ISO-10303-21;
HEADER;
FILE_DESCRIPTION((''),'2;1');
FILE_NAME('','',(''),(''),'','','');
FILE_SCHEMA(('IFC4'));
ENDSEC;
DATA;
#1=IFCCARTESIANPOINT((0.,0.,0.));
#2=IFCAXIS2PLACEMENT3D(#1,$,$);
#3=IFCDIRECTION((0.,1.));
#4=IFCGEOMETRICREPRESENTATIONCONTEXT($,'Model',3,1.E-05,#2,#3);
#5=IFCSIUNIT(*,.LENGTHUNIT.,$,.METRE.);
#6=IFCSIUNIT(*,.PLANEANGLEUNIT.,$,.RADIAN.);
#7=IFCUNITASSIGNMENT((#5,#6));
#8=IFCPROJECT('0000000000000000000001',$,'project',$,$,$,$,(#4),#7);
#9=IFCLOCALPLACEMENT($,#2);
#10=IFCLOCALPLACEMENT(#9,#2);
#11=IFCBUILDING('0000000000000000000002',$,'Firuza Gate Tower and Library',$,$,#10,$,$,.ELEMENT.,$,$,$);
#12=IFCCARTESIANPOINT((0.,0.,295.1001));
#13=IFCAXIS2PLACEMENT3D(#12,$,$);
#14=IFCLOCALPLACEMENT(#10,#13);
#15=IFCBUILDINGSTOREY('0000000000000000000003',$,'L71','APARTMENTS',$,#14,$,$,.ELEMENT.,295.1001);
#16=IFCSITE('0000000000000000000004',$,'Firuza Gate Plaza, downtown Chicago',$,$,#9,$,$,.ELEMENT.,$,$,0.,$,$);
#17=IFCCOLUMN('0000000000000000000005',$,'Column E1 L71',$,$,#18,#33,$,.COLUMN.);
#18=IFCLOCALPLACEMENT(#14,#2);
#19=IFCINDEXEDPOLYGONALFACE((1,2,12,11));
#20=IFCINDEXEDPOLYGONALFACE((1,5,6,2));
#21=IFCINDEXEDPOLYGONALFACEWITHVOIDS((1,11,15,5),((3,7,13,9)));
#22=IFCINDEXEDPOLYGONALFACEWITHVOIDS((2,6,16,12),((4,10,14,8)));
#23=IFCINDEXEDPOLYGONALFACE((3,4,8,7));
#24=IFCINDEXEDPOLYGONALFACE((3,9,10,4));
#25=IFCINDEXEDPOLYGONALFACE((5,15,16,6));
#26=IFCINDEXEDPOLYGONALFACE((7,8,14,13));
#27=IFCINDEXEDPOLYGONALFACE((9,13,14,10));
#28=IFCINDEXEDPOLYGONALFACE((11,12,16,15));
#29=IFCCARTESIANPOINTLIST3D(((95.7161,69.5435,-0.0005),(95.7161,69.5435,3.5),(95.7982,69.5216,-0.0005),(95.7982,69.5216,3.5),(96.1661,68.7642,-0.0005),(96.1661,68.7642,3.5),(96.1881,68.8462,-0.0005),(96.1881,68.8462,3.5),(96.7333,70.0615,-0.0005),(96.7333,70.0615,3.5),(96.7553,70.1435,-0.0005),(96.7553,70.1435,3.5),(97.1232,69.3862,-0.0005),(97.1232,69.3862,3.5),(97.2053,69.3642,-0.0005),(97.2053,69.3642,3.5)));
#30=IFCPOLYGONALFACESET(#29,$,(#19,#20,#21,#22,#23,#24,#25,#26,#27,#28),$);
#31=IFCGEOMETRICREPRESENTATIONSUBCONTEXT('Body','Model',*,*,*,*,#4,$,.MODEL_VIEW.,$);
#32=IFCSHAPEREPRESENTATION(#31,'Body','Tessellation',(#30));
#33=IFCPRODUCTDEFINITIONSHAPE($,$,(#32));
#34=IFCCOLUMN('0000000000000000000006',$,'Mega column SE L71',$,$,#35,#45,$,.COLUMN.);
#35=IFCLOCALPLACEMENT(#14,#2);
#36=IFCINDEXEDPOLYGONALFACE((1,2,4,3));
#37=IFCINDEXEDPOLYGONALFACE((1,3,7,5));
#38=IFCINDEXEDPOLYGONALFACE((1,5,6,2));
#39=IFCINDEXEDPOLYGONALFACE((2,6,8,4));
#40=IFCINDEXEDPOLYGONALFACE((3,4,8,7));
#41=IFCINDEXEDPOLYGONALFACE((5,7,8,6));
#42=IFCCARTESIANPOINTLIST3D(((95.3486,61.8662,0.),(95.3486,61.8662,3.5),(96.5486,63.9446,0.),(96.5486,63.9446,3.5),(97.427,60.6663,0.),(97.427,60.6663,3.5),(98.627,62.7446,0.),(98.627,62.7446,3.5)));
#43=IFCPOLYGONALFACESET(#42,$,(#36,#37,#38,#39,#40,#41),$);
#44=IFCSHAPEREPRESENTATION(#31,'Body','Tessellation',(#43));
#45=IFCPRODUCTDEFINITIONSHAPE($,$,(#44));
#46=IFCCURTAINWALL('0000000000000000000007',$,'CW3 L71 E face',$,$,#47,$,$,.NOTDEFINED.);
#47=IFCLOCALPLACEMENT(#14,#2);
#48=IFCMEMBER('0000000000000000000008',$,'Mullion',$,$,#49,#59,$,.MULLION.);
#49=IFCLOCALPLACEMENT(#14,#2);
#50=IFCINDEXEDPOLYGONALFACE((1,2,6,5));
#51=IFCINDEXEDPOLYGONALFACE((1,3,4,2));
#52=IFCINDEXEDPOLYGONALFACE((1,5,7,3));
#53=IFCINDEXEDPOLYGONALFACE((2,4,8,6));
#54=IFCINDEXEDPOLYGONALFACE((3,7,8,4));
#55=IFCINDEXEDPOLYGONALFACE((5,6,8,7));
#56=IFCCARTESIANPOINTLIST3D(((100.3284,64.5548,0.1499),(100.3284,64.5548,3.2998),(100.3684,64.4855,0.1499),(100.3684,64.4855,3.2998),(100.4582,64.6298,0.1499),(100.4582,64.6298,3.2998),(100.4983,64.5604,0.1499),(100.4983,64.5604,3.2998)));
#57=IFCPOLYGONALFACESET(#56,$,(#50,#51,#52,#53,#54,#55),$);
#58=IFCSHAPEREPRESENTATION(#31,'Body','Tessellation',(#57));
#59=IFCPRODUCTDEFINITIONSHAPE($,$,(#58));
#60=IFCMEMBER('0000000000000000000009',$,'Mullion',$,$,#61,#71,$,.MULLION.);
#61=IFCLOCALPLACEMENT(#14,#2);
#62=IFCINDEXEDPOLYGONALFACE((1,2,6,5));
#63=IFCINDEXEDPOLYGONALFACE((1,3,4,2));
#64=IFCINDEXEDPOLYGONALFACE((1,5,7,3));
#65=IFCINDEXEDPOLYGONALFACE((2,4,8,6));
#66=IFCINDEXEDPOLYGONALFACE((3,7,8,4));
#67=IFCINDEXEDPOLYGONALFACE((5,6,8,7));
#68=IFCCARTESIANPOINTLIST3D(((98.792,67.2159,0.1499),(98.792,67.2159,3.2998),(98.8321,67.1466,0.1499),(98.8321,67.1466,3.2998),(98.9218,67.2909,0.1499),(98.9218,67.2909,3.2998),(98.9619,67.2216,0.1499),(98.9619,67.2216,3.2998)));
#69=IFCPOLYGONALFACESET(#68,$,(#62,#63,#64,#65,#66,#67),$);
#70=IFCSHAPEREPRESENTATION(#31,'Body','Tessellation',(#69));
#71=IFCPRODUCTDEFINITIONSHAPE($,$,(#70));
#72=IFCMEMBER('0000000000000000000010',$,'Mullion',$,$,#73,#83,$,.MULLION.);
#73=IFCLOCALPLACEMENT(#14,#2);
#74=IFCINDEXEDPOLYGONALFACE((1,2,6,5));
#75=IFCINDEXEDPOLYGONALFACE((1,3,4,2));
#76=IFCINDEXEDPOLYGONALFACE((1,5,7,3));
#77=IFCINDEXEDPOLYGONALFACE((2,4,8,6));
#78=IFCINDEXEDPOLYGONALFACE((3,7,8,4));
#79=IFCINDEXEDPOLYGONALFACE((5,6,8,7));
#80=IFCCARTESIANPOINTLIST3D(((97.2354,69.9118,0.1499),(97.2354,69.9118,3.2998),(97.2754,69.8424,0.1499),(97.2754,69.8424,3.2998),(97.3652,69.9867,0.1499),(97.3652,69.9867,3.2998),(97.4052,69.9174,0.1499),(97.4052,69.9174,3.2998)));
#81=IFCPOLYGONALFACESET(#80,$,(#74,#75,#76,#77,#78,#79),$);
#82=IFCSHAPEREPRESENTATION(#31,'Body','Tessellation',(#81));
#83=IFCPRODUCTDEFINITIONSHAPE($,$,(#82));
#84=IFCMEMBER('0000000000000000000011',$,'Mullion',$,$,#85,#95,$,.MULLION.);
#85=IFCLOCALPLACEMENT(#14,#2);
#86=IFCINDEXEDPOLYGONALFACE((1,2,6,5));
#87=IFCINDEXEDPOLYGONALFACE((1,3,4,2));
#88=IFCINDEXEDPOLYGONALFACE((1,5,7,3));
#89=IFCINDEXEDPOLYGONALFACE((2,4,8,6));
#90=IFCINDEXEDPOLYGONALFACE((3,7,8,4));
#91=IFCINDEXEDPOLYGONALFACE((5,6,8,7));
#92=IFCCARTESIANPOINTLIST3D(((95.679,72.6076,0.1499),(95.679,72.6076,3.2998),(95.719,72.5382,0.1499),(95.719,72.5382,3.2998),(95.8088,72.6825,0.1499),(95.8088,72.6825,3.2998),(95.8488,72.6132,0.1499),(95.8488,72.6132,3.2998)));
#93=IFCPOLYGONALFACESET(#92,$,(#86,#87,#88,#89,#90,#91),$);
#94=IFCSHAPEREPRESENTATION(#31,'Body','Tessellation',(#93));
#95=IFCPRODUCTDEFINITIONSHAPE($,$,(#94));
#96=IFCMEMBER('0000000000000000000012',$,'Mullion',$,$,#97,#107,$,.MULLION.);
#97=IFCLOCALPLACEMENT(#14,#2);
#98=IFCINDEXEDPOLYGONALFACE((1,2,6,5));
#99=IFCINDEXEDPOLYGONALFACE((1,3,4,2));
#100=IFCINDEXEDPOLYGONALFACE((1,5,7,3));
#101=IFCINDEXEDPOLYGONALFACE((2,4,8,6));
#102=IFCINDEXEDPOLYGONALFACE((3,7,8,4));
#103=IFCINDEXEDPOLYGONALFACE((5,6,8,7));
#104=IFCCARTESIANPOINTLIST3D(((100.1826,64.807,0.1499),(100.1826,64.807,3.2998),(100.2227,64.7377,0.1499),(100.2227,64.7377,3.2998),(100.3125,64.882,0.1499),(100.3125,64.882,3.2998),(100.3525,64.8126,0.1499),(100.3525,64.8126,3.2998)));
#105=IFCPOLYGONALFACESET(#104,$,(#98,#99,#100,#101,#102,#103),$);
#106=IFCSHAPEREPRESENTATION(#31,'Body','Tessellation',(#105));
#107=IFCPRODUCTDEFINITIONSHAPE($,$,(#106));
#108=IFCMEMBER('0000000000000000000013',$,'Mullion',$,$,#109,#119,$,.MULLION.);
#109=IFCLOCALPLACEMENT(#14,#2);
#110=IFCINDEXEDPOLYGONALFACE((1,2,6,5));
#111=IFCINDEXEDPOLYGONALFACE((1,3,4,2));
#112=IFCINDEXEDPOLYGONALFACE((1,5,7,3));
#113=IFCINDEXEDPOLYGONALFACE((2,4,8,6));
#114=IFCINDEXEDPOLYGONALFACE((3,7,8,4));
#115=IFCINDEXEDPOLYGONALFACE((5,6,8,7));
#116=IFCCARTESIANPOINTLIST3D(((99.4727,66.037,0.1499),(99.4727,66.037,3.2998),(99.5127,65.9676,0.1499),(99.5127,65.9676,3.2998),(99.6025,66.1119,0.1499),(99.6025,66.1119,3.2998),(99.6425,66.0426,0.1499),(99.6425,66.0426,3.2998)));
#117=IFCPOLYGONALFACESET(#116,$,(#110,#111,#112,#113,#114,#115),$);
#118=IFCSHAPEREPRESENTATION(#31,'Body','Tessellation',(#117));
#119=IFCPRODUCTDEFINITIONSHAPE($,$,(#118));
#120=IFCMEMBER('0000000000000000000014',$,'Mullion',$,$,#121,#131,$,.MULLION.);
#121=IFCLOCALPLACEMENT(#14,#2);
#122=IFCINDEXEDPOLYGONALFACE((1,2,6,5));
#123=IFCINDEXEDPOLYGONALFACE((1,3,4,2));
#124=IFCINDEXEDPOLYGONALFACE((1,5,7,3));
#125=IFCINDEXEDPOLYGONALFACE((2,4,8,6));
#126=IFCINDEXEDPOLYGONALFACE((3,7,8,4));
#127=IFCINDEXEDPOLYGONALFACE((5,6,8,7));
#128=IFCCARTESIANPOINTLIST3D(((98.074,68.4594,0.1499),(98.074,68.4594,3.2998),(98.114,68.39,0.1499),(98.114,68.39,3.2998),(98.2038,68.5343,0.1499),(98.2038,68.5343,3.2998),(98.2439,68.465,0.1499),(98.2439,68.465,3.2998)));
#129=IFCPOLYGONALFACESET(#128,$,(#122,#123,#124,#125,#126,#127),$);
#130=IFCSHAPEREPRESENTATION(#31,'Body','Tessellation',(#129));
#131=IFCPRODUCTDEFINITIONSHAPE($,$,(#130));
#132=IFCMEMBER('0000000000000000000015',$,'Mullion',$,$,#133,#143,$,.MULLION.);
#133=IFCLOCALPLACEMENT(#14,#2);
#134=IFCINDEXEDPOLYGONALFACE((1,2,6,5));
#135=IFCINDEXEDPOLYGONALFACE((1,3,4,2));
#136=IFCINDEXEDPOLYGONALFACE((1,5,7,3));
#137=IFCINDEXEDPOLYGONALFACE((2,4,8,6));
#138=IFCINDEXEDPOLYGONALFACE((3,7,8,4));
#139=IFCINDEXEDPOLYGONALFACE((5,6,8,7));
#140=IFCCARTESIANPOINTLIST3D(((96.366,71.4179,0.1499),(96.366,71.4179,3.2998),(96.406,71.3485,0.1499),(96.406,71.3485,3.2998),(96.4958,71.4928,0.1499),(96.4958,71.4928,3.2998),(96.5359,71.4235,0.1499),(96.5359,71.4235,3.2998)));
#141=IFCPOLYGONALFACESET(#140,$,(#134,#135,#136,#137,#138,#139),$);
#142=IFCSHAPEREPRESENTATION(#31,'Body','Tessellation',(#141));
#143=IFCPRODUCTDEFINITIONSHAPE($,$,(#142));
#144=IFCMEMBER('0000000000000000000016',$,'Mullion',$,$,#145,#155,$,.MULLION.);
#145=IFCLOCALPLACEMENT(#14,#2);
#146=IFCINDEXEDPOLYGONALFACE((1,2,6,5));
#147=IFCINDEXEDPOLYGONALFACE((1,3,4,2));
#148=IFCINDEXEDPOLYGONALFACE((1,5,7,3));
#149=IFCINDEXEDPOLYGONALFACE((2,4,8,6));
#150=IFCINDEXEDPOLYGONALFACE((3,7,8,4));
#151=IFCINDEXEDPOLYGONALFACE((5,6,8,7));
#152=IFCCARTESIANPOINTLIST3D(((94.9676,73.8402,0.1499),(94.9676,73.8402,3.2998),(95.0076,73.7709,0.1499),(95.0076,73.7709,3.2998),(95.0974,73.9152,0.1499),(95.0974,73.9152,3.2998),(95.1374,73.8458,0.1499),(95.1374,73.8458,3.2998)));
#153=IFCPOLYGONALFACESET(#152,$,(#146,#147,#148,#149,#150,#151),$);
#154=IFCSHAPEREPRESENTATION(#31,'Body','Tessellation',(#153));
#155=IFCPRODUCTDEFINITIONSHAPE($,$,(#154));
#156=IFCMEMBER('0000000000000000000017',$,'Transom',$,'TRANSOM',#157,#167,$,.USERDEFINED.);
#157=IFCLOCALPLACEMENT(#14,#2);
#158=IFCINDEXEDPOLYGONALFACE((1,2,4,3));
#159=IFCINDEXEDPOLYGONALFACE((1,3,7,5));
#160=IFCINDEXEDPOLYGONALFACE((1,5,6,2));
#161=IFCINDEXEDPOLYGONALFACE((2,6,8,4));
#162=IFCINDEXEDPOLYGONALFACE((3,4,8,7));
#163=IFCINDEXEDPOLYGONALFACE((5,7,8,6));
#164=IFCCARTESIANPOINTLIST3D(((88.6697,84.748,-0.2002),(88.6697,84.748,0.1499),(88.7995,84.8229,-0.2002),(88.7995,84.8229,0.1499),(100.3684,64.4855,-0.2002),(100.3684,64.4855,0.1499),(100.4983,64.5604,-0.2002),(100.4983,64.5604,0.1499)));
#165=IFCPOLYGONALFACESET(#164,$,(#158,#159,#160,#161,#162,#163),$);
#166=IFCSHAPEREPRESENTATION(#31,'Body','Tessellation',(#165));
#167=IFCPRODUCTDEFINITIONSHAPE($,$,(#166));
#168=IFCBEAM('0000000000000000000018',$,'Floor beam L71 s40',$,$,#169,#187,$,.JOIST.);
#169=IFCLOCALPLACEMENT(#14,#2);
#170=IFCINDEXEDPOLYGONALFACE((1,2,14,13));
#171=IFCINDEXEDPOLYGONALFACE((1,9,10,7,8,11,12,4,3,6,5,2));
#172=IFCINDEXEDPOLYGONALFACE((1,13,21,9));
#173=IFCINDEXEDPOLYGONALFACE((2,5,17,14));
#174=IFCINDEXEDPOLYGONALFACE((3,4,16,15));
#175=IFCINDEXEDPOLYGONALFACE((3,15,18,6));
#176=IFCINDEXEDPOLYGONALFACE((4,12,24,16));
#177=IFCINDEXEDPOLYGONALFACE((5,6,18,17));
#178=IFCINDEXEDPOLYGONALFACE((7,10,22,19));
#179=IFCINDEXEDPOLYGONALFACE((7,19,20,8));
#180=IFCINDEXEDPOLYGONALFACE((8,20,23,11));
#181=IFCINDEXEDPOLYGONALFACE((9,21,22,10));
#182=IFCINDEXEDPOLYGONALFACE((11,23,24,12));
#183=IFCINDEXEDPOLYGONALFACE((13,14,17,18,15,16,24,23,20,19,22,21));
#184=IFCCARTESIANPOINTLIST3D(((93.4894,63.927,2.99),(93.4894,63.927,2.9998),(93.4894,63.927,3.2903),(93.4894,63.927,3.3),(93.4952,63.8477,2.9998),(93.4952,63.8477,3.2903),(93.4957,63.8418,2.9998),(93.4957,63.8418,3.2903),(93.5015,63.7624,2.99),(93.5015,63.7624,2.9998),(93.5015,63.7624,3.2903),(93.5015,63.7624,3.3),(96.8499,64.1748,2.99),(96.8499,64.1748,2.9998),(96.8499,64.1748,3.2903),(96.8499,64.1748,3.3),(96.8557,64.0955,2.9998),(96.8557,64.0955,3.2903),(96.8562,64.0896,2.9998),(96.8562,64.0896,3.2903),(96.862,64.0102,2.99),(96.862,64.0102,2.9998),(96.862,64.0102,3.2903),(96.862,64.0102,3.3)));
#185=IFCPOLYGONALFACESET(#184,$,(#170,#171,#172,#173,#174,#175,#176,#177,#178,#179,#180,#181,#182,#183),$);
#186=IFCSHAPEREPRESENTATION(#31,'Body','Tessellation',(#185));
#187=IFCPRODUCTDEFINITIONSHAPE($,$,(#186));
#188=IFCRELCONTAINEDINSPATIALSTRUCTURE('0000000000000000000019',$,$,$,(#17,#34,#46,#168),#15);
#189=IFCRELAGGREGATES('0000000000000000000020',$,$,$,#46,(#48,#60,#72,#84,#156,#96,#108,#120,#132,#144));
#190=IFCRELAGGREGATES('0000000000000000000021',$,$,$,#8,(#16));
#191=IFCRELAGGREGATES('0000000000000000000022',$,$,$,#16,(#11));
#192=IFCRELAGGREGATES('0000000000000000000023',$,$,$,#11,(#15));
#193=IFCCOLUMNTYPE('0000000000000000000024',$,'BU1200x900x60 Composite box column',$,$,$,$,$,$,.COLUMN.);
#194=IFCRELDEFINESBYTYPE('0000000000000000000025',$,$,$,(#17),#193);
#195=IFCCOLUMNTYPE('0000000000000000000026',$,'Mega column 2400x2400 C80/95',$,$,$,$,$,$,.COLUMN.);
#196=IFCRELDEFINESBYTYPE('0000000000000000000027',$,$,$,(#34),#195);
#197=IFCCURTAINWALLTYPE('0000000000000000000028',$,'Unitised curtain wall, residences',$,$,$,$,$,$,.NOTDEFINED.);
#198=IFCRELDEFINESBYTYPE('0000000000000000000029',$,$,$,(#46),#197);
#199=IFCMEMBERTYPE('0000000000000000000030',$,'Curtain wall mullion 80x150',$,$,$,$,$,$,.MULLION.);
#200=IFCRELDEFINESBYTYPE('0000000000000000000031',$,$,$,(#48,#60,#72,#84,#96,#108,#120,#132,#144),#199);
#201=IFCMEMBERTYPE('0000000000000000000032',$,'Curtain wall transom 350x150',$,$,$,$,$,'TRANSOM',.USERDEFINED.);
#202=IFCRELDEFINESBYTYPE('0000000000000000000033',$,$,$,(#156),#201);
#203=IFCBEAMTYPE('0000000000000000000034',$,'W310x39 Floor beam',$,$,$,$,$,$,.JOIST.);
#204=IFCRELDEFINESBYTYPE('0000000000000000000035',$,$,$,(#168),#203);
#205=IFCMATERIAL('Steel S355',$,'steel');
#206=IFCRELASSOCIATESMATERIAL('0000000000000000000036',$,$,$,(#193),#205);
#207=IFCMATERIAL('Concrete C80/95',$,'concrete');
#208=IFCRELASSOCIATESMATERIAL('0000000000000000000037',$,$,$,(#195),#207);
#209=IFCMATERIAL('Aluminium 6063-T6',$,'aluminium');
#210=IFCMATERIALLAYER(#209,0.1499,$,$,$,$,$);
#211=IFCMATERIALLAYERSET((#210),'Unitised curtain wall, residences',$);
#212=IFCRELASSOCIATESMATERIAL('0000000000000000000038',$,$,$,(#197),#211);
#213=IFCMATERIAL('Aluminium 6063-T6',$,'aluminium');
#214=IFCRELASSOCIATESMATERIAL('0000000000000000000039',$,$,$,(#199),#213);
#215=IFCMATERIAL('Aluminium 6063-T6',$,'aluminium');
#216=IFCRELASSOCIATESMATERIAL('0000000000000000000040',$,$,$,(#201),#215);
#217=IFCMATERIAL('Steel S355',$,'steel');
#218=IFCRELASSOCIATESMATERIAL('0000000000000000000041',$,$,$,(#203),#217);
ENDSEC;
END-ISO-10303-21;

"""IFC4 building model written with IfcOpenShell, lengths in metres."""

from ifc_helpers import new_model, si_unit, direction, frame, origin, origin_2d, place, context, subcontext, project, spatial, rectangle, hollow_rectangle, i_section, extrude, material, layer, layer_set, material_profile, profile_set, type_object, element, aggregate, save


model = new_model("IFC4")

# Units and contexts
model_context = context("Model", 3, precision=1e-05, world=origin(), true_north=direction((0.0, 1.0)))
body_context = subcontext(model_context, "Body", "Model", "MODEL_VIEW")
ifc_project = project(units=[si_unit("LENGTHUNIT", "METRE"), si_unit("PLANEANGLEUNIT", "RADIAN")], contexts=[model_context])

# Site, building, storey
site_placement = place(None, origin())
site = spatial("IfcSite", under=ifc_project, at=site_placement, Name="Firuza Gate Plaza, downtown Chicago", CompositionType="ELEMENT", RefElevation=0.0)
building_placement = place(site_placement, origin())
building = spatial("IfcBuilding", under=site, at=building_placement, Name="Firuza Gate Tower and Library", CompositionType="ELEMENT")
storey_placement = place(building_placement, frame((0.0, 0.0, 295.1001)))
storey = spatial("IfcBuildingStorey", under=building, at=storey_placement, Name="L71", Description="APARTMENTS", CompositionType="ELEMENT", Elevation=295.1001)

# Columns
ifc_material_1 = material(Name="Steel S355", Category="steel")
ifc_material_profile_1 = material_profile(ifc_material_1, hollow_rectangle(XDim=0.8999, YDim=1.2, WallThickness=0.0601, at=origin_2d()))
ifc_profile_set_1 = profile_set([ifc_material_profile_1], Name="Steel S355")
column_type_1 = type_object("IfcColumnType", Name="BU1200x900x60 Composite box column", PredefinedType="COLUMN", material=ifc_profile_set_1)
column_1_placement = place(storey_placement, frame((96.4607, 69.4539, -0.0005), z_axis=(0.0, 0.0, 1.0), x_axis=(-0.5, 0.866025, 0.0)))
element("IfcColumn", 1, at=column_1_placement, inside=storey, type_object=column_type_1, Name="Column E1 L71", PredefinedType="COLUMN", context=body_context, shape_type="SweptSolid", body=[
    extrude(hollow_rectangle(XDim=0.8999, YDim=1.2, WallThickness=0.0601, at=origin_2d()), origin(), (0.0, 0.0, 1.0), 3.5005),
])
ifc_material_2 = material(Name="Concrete C80/95", Category="concrete")
ifc_material_profile_2 = material_profile(ifc_material_2, rectangle(XDim=2.3999, YDim=2.3999, at=origin_2d()))
ifc_profile_set_2 = profile_set([ifc_material_profile_2], Name="Concrete C80/95")
column_type_2 = type_object("IfcColumnType", Name="Mega column 2400x2400 C80/95", PredefinedType="COLUMN", material=ifc_profile_set_2)
column_2_placement = place(storey_placement, frame((96.9878, 62.3054, 0.0), z_axis=(0.0, 0.0, 1.0), x_axis=(0.5, 0.866025, 0.0)))
element("IfcColumn", 2, at=column_2_placement, inside=storey, type_object=column_type_2, Name="Mega column SE L71", PredefinedType="COLUMN", context=body_context, shape_type="SweptSolid", body=[
    extrude(rectangle(XDim=2.3999, YDim=2.3999, at=origin_2d()), origin(), (0.0, 0.0, 1.0), 3.5),
])

# Curtain wall, members
ifc_material_3 = material(Name="Aluminium 6063-T6", Category="aluminium")
ifc_layer_1 = layer(ifc_material_3, 0.1499)
ifc_layer_set_1 = layer_set([ifc_layer_1], Name="Unitised curtain wall, residences")
curtain_wall_type = type_object("IfcCurtainWallType", Name="Unitised curtain wall, residences", PredefinedType="NOTDEFINED", material=ifc_layer_set_1)
curtain_wall_placement = place(storey_placement, origin())
curtain_wall = element("IfcCurtainWall", 3, at=curtain_wall_placement, inside=storey, type_object=curtain_wall_type, Name="CW3 L71 E face", PredefinedType="NOTDEFINED")
ifc_material_4 = material(Name="Aluminium 6063-T6", Category="aluminium")
ifc_material_profile_3 = material_profile(ifc_material_4, rectangle(XDim=0.1499, YDim=0.0801, at=origin_2d()))
ifc_profile_set_3 = profile_set([ifc_material_profile_3], Name="Aluminium 6063-T6")
member_type_1 = type_object("IfcMemberType", Name="Curtain wall mullion 80x150", PredefinedType="MULLION", material=ifc_profile_set_3)
member_1_placement = place(storey_placement, frame((100.4133, 64.5576, 0.1499), z_axis=(0.0, 0.0, 1.0), x_axis=(-0.866025, -0.5, 0.0)))
member_1 = element("IfcMember", 4, at=member_1_placement, type_object=member_type_1, Name="Mullion", PredefinedType="MULLION", context=body_context, shape_type="SweptSolid", body=[
    extrude(rectangle(XDim=0.1499, YDim=0.0801, at=origin_2d()), origin(), (0.0, 0.0, 1.0), 3.1499),
])
member_2_placement = place(storey_placement, frame((98.877, 67.2188, 0.1499), z_axis=(0.0, 0.0, 1.0), x_axis=(-0.866025, -0.5, 0.0)))
member_2 = element("IfcMember", 5, at=member_2_placement, type_object=member_type_1, Name="Mullion", PredefinedType="MULLION", context=body_context, shape_type="SweptSolid", body=[
    extrude(rectangle(XDim=0.1499, YDim=0.0801, at=origin_2d()), origin(), (0.0, 0.0, 1.0), 3.1499),
])
member_3_placement = place(storey_placement, frame((97.3203, 69.9146, 0.1499), z_axis=(0.0, 0.0, 1.0), x_axis=(-0.866025, -0.5, 0.0)))
member_3 = element("IfcMember", 6, at=member_3_placement, type_object=member_type_1, Name="Mullion", PredefinedType="MULLION", context=body_context, shape_type="SweptSolid", body=[
    extrude(rectangle(XDim=0.1499, YDim=0.0801, at=origin_2d()), origin(), (0.0, 0.0, 1.0), 3.1499),
])
member_4_placement = place(storey_placement, frame((95.7639, 72.6104, 0.1499), z_axis=(0.0, 0.0, 1.0), x_axis=(-0.866025, -0.5, 0.0)))
member_4 = element("IfcMember", 7, at=member_4_placement, type_object=member_type_1, Name="Mullion", PredefinedType="MULLION", context=body_context, shape_type="SweptSolid", body=[
    extrude(rectangle(XDim=0.1499, YDim=0.0801, at=origin_2d()), origin(), (0.0, 0.0, 1.0), 3.1499),
])
member_5_placement = place(storey_placement, frame((100.2676, 64.8098, 0.1499), z_axis=(0.0, 0.0, 1.0), x_axis=(-0.866025, -0.5, 0.0)))
member_5 = element("IfcMember", 8, at=member_5_placement, type_object=member_type_1, Name="Mullion", PredefinedType="MULLION", context=body_context, shape_type="SweptSolid", body=[
    extrude(rectangle(XDim=0.1499, YDim=0.0801, at=origin_2d()), origin(), (0.0, 0.0, 1.0), 3.1499),
])
member_6_placement = place(storey_placement, frame((99.5576, 66.0398, 0.1499), z_axis=(0.0, 0.0, 1.0), x_axis=(-0.866025, -0.5, 0.0)))
member_6 = element("IfcMember", 9, at=member_6_placement, type_object=member_type_1, Name="Mullion", PredefinedType="MULLION", context=body_context, shape_type="SweptSolid", body=[
    extrude(rectangle(XDim=0.1499, YDim=0.0801, at=origin_2d()), origin(), (0.0, 0.0, 1.0), 3.1499),
])
member_7_placement = place(storey_placement, frame((98.1589, 68.4622, 0.1499), z_axis=(0.0, 0.0, 1.0), x_axis=(-0.866025, -0.5, 0.0)))
member_7 = element("IfcMember", 10, at=member_7_placement, type_object=member_type_1, Name="Mullion", PredefinedType="MULLION", context=body_context, shape_type="SweptSolid", body=[
    extrude(rectangle(XDim=0.1499, YDim=0.0801, at=origin_2d()), origin(), (0.0, 0.0, 1.0), 3.1499),
])
member_8_placement = place(storey_placement, frame((96.4509, 71.4207, 0.1499), z_axis=(0.0, 0.0, 1.0), x_axis=(-0.866025, -0.5, 0.0)))
member_8 = element("IfcMember", 11, at=member_8_placement, type_object=member_type_1, Name="Mullion", PredefinedType="MULLION", context=body_context, shape_type="SweptSolid", body=[
    extrude(rectangle(XDim=0.1499, YDim=0.0801, at=origin_2d()), origin(), (0.0, 0.0, 1.0), 3.1499),
])
member_9_placement = place(storey_placement, frame((95.0525, 73.843, 0.1499), z_axis=(0.0, 0.0, 1.0), x_axis=(-0.866025, -0.5, 0.0)))
member_9 = element("IfcMember", 12, at=member_9_placement, type_object=member_type_1, Name="Mullion", PredefinedType="MULLION", context=body_context, shape_type="SweptSolid", body=[
    extrude(rectangle(XDim=0.1499, YDim=0.0801, at=origin_2d()), origin(), (0.0, 0.0, 1.0), 3.1499),
])
ifc_material_5 = material(Name="Aluminium 6063-T6", Category="aluminium")
ifc_material_profile_4 = material_profile(ifc_material_5, rectangle(XDim=0.1499, YDim=0.3501, at=origin_2d()))
ifc_profile_set_4 = profile_set([ifc_material_profile_4], Name="Aluminium 6063-T6")
member_type_2 = type_object("IfcMemberType", Name="Curtain wall transom 350x150", ElementType="TRANSOM", PredefinedType="USERDEFINED", material=ifc_profile_set_4)
member_10_placement = place(storey_placement, frame((100.4333, 64.5229, -0.0251), z_axis=(-0.500006, 0.866022, 0.0), x_axis=(-0.866022, -0.500006, 0.0)))
member_10 = element("IfcMember", 13, at=member_10_placement, type_object=member_type_2, Name="Transom", ObjectType="TRANSOM", PredefinedType="USERDEFINED", context=body_context, shape_type="SweptSolid", body=[
    extrude(rectangle(XDim=0.1499, YDim=0.3501, at=origin_2d()), origin(), (0.0, 0.0, 1.0), 23.3972),
])

# Beam
ifc_material_6 = material(Name="Steel S355", Category="steel")
ifc_material_profile_5 = material_profile(ifc_material_6, i_section(OverallWidth=0.165, OverallDepth=0.3101, WebThickness=0.0059, FlangeThickness=0.0098, at=origin_2d()))
ifc_profile_set_5 = profile_set([ifc_material_profile_5], Name="Steel S355")
beam_type_1 = type_object("IfcBeamType", Name="W310x39 Floor beam", PredefinedType="JOIST", material=ifc_profile_set_5)
beam_1_placement = place(storey_placement, frame((96.856, 64.0925, 3.145), z_axis=(-0.997292, -0.073538, 0.0), x_axis=(0.073538, -0.997292, 0.0)))
element("IfcBeam", 14, at=beam_1_placement, inside=storey, type_object=beam_type_1, Name="Floor beam L71 s40", PredefinedType="JOIST", context=body_context, shape_type="SweptSolid", body=[
    extrude(i_section(OverallWidth=0.165, OverallDepth=0.3101, WebThickness=0.0059, FlangeThickness=0.0098, at=origin_2d()), origin(), (0.0, 0.0, 1.0), 3.3696),
])

aggregate(curtain_wall, [member_1, member_2, member_3, member_4, member_10, member_5, member_6, member_7, member_8, member_9])

save(model, "model.ifc")
